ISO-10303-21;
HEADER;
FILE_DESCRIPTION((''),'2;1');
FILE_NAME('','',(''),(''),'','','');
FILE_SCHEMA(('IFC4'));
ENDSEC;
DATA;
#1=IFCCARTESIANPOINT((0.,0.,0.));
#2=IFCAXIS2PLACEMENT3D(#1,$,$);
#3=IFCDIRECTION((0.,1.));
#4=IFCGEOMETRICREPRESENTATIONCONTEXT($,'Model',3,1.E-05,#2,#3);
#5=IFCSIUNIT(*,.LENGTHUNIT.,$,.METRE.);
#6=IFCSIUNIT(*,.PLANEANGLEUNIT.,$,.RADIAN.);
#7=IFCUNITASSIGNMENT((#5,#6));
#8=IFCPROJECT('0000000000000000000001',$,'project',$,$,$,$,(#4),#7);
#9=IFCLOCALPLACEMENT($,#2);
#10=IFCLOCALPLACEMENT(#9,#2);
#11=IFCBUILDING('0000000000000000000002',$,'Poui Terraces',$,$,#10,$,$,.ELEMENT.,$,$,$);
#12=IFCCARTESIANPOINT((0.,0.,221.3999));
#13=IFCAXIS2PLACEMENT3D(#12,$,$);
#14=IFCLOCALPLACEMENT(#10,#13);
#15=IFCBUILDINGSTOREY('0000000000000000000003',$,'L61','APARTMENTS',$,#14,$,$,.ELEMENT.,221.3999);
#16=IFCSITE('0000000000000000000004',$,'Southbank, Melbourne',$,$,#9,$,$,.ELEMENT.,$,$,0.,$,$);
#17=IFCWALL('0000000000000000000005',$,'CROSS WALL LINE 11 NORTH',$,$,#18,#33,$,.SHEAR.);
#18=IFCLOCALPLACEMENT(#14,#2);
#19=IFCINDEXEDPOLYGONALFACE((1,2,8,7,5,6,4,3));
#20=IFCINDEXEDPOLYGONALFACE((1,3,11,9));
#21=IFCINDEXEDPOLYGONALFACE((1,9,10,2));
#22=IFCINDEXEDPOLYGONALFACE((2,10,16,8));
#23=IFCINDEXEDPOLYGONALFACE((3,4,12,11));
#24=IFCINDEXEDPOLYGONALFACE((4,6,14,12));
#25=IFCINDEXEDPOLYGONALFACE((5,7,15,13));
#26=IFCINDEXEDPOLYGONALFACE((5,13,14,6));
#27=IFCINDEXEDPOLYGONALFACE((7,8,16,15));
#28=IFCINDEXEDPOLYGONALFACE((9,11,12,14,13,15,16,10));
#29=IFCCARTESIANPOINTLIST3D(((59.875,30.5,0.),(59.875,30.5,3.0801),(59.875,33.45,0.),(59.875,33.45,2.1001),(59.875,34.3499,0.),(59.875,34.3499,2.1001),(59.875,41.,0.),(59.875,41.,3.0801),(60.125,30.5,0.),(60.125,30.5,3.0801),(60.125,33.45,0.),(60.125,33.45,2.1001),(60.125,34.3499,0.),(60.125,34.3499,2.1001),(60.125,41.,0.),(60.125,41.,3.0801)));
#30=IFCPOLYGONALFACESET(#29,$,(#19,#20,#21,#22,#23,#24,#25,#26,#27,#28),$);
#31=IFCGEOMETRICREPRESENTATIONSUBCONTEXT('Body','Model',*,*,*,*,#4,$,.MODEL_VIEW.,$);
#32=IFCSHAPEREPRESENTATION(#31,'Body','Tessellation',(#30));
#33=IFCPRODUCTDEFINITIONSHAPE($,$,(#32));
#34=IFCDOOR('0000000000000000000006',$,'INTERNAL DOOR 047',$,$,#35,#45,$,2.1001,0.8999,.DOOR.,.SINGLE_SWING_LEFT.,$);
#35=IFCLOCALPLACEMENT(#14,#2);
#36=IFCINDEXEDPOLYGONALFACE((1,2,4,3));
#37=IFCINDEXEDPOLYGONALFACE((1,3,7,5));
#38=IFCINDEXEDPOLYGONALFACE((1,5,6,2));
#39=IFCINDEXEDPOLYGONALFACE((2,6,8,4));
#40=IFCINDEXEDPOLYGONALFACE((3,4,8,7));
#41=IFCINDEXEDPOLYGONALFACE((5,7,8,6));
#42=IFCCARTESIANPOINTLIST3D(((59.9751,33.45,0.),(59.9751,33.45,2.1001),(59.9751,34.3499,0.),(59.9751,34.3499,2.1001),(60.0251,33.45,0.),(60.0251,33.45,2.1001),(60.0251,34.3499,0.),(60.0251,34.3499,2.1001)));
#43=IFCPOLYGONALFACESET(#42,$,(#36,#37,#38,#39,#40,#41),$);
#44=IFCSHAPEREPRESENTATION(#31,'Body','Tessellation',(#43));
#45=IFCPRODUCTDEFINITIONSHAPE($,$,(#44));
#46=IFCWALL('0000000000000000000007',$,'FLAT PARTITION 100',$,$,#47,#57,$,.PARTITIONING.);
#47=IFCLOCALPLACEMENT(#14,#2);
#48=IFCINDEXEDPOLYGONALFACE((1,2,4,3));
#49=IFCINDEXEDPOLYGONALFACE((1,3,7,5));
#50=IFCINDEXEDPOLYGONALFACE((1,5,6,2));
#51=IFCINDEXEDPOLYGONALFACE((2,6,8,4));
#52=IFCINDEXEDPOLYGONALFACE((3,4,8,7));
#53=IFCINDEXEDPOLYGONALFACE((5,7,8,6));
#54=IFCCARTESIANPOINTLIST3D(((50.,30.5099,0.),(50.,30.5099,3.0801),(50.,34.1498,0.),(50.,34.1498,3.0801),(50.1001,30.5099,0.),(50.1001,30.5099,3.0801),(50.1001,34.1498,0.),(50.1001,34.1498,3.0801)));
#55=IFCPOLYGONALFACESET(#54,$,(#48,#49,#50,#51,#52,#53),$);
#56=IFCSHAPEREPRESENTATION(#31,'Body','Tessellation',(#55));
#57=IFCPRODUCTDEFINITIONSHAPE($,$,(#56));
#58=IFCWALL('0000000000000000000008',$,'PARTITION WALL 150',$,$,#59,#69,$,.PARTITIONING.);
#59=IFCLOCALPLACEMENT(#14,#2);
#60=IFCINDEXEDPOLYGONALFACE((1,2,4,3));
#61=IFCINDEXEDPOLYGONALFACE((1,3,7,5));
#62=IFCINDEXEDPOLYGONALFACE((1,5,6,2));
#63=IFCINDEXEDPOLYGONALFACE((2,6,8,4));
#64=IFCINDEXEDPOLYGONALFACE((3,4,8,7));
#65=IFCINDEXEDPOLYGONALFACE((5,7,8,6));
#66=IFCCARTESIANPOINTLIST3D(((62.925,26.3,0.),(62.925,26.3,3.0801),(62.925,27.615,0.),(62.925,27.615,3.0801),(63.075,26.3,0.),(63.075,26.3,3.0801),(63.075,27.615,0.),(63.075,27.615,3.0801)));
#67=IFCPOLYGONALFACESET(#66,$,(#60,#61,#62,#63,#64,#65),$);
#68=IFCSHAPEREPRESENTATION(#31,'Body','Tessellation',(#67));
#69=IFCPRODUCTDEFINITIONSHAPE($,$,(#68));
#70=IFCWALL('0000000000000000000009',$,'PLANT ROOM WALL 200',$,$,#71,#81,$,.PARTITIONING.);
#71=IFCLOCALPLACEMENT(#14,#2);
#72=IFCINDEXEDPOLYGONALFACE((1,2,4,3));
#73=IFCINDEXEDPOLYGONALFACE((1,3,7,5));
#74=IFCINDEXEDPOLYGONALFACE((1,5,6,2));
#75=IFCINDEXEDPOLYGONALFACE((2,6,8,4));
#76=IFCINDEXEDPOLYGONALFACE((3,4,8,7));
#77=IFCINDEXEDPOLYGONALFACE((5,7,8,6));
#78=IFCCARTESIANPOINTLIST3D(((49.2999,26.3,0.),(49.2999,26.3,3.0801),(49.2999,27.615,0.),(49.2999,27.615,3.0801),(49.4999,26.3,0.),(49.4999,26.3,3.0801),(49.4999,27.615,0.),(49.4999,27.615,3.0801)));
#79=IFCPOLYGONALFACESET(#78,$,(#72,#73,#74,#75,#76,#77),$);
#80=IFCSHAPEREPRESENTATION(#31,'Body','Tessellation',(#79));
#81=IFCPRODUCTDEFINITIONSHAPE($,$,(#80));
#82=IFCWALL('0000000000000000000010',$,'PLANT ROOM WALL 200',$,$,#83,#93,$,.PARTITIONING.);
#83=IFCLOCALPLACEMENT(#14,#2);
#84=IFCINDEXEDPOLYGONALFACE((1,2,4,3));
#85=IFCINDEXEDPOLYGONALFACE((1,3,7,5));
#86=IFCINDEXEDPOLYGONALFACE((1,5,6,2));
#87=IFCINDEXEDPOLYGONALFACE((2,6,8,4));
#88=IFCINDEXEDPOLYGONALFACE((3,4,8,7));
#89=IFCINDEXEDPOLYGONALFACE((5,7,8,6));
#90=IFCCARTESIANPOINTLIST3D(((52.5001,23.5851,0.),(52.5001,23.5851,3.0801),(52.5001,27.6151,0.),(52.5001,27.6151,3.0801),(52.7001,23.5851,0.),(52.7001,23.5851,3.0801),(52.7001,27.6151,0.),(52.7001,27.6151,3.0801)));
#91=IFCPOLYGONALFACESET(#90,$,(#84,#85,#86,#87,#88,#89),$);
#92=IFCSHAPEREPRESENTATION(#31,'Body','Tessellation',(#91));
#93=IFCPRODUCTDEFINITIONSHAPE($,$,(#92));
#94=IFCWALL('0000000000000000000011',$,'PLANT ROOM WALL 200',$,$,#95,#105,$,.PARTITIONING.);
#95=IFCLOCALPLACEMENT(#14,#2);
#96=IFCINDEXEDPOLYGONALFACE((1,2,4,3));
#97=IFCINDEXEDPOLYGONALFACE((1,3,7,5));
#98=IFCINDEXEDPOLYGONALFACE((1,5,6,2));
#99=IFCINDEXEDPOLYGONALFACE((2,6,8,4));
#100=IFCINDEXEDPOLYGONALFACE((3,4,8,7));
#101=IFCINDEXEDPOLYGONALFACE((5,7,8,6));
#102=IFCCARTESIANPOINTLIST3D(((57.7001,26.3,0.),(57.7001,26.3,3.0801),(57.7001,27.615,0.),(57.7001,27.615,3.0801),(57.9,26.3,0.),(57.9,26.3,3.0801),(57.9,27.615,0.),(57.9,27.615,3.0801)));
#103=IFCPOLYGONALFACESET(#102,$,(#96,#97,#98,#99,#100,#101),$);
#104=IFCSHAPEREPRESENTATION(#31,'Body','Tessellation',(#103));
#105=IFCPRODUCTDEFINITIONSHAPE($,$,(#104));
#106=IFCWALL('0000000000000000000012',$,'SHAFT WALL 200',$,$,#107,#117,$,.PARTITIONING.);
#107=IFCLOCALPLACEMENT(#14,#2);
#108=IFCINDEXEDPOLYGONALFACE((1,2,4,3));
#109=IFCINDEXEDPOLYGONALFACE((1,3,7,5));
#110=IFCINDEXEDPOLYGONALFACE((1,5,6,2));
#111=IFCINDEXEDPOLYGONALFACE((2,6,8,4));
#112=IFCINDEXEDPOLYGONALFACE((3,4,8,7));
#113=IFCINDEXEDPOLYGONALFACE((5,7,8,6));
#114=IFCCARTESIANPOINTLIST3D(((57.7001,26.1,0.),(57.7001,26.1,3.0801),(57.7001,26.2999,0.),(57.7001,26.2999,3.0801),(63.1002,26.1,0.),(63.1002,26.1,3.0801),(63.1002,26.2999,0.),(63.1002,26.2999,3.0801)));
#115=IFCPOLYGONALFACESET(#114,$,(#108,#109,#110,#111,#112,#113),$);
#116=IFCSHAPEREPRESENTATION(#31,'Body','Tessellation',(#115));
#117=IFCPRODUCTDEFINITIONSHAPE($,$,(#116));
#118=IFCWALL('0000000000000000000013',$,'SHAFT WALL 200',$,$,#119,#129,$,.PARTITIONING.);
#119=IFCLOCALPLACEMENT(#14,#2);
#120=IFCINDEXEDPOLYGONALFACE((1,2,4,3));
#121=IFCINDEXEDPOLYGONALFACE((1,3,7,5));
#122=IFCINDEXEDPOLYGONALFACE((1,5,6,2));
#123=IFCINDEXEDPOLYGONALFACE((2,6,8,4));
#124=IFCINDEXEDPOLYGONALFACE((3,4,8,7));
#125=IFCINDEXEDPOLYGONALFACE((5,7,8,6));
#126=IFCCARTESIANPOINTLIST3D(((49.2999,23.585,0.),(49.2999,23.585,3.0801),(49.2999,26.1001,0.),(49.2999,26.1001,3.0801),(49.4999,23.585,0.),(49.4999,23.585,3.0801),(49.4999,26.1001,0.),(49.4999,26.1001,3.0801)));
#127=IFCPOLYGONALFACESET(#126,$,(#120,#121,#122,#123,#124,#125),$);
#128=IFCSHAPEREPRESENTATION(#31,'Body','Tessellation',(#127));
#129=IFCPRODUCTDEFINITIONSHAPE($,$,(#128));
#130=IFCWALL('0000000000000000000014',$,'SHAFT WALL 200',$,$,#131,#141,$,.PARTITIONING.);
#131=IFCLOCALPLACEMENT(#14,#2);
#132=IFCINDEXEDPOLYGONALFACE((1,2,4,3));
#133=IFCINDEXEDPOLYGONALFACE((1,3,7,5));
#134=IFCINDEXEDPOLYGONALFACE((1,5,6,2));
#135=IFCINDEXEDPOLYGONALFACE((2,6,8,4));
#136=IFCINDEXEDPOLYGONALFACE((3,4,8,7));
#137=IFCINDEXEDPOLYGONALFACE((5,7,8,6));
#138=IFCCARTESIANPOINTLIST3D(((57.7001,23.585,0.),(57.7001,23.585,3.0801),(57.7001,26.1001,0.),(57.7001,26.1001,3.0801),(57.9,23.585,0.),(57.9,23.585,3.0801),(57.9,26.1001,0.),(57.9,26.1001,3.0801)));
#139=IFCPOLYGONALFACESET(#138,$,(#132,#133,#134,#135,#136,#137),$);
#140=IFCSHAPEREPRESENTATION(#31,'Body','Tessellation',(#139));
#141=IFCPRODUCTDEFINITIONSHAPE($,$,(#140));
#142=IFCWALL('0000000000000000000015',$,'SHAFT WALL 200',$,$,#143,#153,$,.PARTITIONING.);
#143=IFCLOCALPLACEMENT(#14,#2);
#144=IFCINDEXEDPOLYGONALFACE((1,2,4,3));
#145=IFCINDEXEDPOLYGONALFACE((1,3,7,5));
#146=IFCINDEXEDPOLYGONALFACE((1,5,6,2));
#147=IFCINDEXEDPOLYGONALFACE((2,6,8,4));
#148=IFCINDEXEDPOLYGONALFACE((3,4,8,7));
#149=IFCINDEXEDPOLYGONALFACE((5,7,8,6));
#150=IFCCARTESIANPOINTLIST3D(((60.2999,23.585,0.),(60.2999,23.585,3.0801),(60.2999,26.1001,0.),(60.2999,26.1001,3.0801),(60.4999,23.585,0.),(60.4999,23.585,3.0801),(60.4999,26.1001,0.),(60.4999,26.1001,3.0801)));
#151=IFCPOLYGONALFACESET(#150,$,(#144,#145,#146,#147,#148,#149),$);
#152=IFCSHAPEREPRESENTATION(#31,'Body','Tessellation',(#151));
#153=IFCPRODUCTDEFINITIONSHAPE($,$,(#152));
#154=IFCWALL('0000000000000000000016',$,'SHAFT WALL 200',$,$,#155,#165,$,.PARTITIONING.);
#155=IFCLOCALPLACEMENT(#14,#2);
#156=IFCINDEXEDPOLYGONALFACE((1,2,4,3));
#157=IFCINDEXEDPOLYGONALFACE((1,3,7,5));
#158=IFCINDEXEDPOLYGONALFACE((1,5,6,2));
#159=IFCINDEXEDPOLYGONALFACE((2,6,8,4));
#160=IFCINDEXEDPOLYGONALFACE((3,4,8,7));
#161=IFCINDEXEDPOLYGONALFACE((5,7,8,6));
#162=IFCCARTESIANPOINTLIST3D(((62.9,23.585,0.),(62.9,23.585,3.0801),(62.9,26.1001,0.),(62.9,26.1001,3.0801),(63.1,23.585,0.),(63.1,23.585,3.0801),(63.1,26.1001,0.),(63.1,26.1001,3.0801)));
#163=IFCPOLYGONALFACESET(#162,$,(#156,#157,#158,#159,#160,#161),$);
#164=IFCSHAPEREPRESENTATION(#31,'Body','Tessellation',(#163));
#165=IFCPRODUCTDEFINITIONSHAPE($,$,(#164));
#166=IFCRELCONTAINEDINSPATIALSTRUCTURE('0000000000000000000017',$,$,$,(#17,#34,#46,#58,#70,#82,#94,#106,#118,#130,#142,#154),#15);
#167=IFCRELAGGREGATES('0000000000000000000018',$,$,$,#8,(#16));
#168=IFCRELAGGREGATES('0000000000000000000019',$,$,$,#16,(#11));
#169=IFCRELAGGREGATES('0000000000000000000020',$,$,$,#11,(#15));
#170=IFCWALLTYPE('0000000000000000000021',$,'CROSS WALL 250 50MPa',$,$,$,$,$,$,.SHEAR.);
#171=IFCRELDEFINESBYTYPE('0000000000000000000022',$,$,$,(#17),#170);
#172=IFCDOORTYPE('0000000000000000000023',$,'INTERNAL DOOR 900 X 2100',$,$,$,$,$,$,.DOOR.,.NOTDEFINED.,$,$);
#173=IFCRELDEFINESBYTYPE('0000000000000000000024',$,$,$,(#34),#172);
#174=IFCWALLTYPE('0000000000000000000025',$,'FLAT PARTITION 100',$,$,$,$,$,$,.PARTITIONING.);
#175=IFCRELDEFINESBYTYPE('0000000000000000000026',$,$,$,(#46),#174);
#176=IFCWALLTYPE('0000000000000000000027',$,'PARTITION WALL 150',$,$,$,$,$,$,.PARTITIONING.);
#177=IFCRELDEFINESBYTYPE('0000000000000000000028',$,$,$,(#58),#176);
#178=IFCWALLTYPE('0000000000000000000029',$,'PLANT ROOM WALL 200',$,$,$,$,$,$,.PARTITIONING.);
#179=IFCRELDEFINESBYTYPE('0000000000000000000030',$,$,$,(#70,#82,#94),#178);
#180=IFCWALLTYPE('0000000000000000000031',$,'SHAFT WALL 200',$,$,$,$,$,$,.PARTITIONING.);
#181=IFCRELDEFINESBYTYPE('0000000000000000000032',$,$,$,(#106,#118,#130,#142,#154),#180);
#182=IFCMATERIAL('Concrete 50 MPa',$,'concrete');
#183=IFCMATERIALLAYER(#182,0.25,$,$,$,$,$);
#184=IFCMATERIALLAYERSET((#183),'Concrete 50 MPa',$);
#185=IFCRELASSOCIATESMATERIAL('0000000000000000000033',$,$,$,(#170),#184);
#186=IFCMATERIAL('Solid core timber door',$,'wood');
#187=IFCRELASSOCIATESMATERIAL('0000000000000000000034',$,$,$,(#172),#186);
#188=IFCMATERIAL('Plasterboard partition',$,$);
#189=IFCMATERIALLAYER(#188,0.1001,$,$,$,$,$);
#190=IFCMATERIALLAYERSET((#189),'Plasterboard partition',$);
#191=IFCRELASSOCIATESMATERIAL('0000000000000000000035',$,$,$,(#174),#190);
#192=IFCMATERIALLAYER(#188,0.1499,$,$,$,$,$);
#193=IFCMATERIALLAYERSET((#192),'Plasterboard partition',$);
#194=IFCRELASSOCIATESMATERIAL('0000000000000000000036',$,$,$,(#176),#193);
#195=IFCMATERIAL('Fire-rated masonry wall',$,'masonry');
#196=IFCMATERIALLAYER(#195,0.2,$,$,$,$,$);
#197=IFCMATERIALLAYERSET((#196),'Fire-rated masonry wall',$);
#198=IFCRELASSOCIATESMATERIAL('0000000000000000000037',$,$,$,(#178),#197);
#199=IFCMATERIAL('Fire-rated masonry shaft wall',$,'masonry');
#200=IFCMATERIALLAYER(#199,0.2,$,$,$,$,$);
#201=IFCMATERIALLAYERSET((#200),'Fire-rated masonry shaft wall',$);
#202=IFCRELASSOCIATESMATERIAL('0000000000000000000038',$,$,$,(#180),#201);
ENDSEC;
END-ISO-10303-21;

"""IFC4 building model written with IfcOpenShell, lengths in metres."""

from ifc_helpers import new_model, si_unit, direction, frame, frame_2d, origin, place, context, subcontext, project, spatial, rectangle, extrude, material, layer, layer_set, type_object, element, fill, save


model = new_model("IFC4")

# Units and contexts
model_context = context("Model", 3, precision=1e-05, world=origin(), true_north=direction((0.0, 1.0)))
body_context = subcontext(model_context, "Body", "Model", "MODEL_VIEW")
ifc_project = project(units=[si_unit("LENGTHUNIT", "METRE"), si_unit("PLANEANGLEUNIT", "RADIAN")], contexts=[model_context])

# Site, building, storey
site_placement = place(None, origin())
site = spatial("IfcSite", under=ifc_project, at=site_placement, Name="Southbank, Melbourne", CompositionType="ELEMENT", RefElevation=0.0)
building_placement = place(site_placement, origin())
building = spatial("IfcBuilding", under=site, at=building_placement, Name="Poui Terraces", CompositionType="ELEMENT")
storey_placement = place(building_placement, frame((0.0, 0.0, 221.3999)))
storey = spatial("IfcBuildingStorey", under=building, at=storey_placement, Name="L61", Description="APARTMENTS", CompositionType="ELEMENT", Elevation=221.3999)

# Shared definitions
ifc_material_1 = material(Name="Concrete 50 MPa", Category="concrete")

# Wall, opening, door
ifc_layer_1 = layer(ifc_material_1, 0.25)
ifc_layer_set_1 = layer_set([ifc_layer_1], Name="Concrete 50 MPa")
wall_type_1 = type_object("IfcWallType", Name="CROSS WALL 250 50MPa", PredefinedType="SHEAR", material=ifc_layer_set_1)
ifc_material_2 = material(Name="Solid core timber door", Category="wood")
door_type_1 = type_object("IfcDoorType", Name="INTERNAL DOOR 900 X 2100", OperationType="NOTDEFINED", PredefinedType="DOOR", material=ifc_material_2)
wall_1_placement = place(storey_placement, frame((60.0, 30.5, 0.0), z_axis=(0.0, 0.0, 1.0), x_axis=(0.0, 1.0, 0.0)))
wall_1 = element("IfcWall", 1, at=wall_1_placement, inside=storey, type_object=wall_type_1, Name="CROSS WALL LINE 11 NORTH", PredefinedType="SHEAR", context=body_context, shape_type="SweptSolid", body=[
    extrude(rectangle(XDim=10.5, YDim=0.25, at=frame_2d((5.25, 0.0))), origin(), (0.0, 0.0, 1.0), 3.0801),
])
opening_1_placement = place(wall_1_placement, frame((2.95, 0.0, 0.0)))
opening_1 = element("IfcOpeningElement", 2, at=opening_1_placement, cuts=wall_1, PredefinedType="OPENING", context=body_context, shape_type="SweptSolid", body=[
    extrude(rectangle(XDim=0.8999, YDim=2.1001, at=frame_2d((0.45, 1.05))), frame((0.0, 0.135, 0.0), z_axis=(0.0, -1.0, 0.0), x_axis=(1.0, 0.0, 0.0)), (0.0, 0.0, 1.0), 0.27),
])
door_1_placement = place(opening_1_placement, origin())
door_1 = element("IfcDoor", 3, at=door_1_placement, inside=storey, type_object=door_type_1, Name="INTERNAL DOOR 047", OperationType="SINGLE_SWING_LEFT", OverallHeight=2.1001, OverallWidth=0.8999, PredefinedType="DOOR", context=body_context, shape_type="SweptSolid", body=[
    extrude(rectangle(XDim=0.8999, YDim=2.1001, at=frame_2d((0.45, 1.05))), frame((0.0, 0.0249, 0.0), z_axis=(0.0, -1.0, 0.0), x_axis=(1.0, 0.0, 0.0)), (0.0, 0.0, 1.0), 0.05),
])
fill(opening_1, door_1)

# Walls
ifc_material_3 = material(Name="Plasterboard partition")
ifc_layer_2 = layer(ifc_material_3, 0.1001)
ifc_layer_set_2 = layer_set([ifc_layer_2], Name="Plasterboard partition")
wall_type_2 = type_object("IfcWallType", Name="FLAT PARTITION 100", PredefinedType="PARTITIONING", material=ifc_layer_set_2)
wall_2_placement = place(storey_placement, frame((50.05, 30.51, 0.0), z_axis=(0.0, 0.0, 1.0), x_axis=(0.0, 1.0, 0.0)))
element("IfcWall", 4, at=wall_2_placement, inside=storey, type_object=wall_type_2, Name="FLAT PARTITION 100", PredefinedType="PARTITIONING", context=body_context, shape_type="SweptSolid", body=[
    extrude(rectangle(XDim=3.6399, YDim=0.1001, at=frame_2d((1.8198, 0.0))), origin(), (0.0, 0.0, 1.0), 3.0801),
])
ifc_layer_3 = layer(ifc_material_3, 0.1499)
ifc_layer_set_3 = layer_set([ifc_layer_3], Name="Plasterboard partition")
wall_type_3 = type_object("IfcWallType", Name="PARTITION WALL 150", PredefinedType="PARTITIONING", material=ifc_layer_set_3)
wall_3_placement = place(storey_placement, frame((63.0, 26.3, 0.0), z_axis=(0.0, 0.0, 1.0), x_axis=(0.0, 1.0, 0.0)))
element("IfcWall", 5, at=wall_3_placement, inside=storey, type_object=wall_type_3, Name="PARTITION WALL 150", PredefinedType="PARTITIONING", context=body_context, shape_type="SweptSolid", body=[
    extrude(rectangle(XDim=1.3149, YDim=0.1499, at=frame_2d((0.6575, 0.0))), origin(), (0.0, 0.0, 1.0), 3.0801),
])
ifc_material_4 = material(Name="Fire-rated masonry wall", Category="masonry")
ifc_layer_4 = layer(ifc_material_4, 0.2)
ifc_layer_set_4 = layer_set([ifc_layer_4], Name="Fire-rated masonry wall")
wall_type_4 = type_object("IfcWallType", Name="PLANT ROOM WALL 200", PredefinedType="PARTITIONING", material=ifc_layer_set_4)
wall_4_placement = place(storey_placement, frame((49.3999, 26.3, 0.0), z_axis=(0.0, 0.0, 1.0), x_axis=(0.0, 1.0, 0.0)))
element("IfcWall", 6, at=wall_4_placement, inside=storey, type_object=wall_type_4, Name="PLANT ROOM WALL 200", PredefinedType="PARTITIONING", context=body_context, shape_type="SweptSolid", body=[
    extrude(rectangle(XDim=1.3149, YDim=0.2, at=frame_2d((0.6575, 0.0))), origin(), (0.0, 0.0, 1.0), 3.0801),
])
wall_5_placement = place(storey_placement, frame((52.6001, 23.585, 0.0), z_axis=(0.0, 0.0, 1.0), x_axis=(0.0, 1.0, 0.0)))
element("IfcWall", 7, at=wall_5_placement, inside=storey, type_object=wall_type_4, Name="PLANT ROOM WALL 200", PredefinedType="PARTITIONING", context=body_context, shape_type="SweptSolid", body=[
    extrude(rectangle(XDim=4.03, YDim=0.2, at=frame_2d((2.0151, 0.0))), origin(), (0.0, 0.0, 1.0), 3.0801),
])
wall_6_placement = place(storey_placement, frame((57.8, 26.3, 0.0), z_axis=(0.0, 0.0, 1.0), x_axis=(0.0, 1.0, 0.0)))
element("IfcWall", 8, at=wall_6_placement, inside=storey, type_object=wall_type_4, Name="PLANT ROOM WALL 200", PredefinedType="PARTITIONING", context=body_context, shape_type="SweptSolid", body=[
    extrude(rectangle(XDim=1.3149, YDim=0.2, at=frame_2d((0.6575, 0.0))), origin(), (0.0, 0.0, 1.0), 3.0801),
])
ifc_material_5 = material(Name="Fire-rated masonry shaft wall", Category="masonry")
ifc_layer_5 = layer(ifc_material_5, 0.2)
ifc_layer_set_5 = layer_set([ifc_layer_5], Name="Fire-rated masonry shaft wall")
wall_type_5 = type_object("IfcWallType", Name="SHAFT WALL 200", PredefinedType="PARTITIONING", material=ifc_layer_set_5)
wall_7_placement = place(storey_placement, frame((57.7, 26.2, 0.0), z_axis=(0.0, 0.0, 1.0), x_axis=(1.0, 0.0, 0.0)))
element("IfcWall", 9, at=wall_7_placement, inside=storey, type_object=wall_type_5, Name="SHAFT WALL 200", PredefinedType="PARTITIONING", context=body_context, shape_type="SweptSolid", body=[
    extrude(rectangle(XDim=5.4001, YDim=0.2, at=frame_2d((2.7002, 0.0))), origin(), (0.0, 0.0, 1.0), 3.0801),
])
for number, where, z_axis, x_axis, name in (
    (10, (49.3999, 23.585, 0.0), (0.0, 0.0, 1.0), (0.0, 1.0, 0.0), "SHAFT WALL 200"),
    (11, (57.8, 23.585, 0.0), (0.0, 0.0, 1.0), (0.0, 1.0, 0.0), "SHAFT WALL 200"),
    (12, (60.3999, 23.585, 0.0), (0.0, 0.0, 1.0), (0.0, 1.0, 0.0), "SHAFT WALL 200"),
    (13, (63.0, 23.585, 0.0), (0.0, 0.0, 1.0), (0.0, 1.0, 0.0), "SHAFT WALL 200"),
):
    element("IfcWall", number, at=place(storey_placement, frame(where, z_axis=z_axis, x_axis=x_axis)), inside=storey, type_object=wall_type_5, Name=name, PredefinedType="PARTITIONING", context=body_context, shape_type="SweptSolid", body=[
        extrude(rectangle(XDim=2.5151, YDim=0.2, at=frame_2d((1.2576, 0.0))), origin(), (0.0, 0.0, 1.0), 3.0801),
    ])

save(model, "model.ifc")
